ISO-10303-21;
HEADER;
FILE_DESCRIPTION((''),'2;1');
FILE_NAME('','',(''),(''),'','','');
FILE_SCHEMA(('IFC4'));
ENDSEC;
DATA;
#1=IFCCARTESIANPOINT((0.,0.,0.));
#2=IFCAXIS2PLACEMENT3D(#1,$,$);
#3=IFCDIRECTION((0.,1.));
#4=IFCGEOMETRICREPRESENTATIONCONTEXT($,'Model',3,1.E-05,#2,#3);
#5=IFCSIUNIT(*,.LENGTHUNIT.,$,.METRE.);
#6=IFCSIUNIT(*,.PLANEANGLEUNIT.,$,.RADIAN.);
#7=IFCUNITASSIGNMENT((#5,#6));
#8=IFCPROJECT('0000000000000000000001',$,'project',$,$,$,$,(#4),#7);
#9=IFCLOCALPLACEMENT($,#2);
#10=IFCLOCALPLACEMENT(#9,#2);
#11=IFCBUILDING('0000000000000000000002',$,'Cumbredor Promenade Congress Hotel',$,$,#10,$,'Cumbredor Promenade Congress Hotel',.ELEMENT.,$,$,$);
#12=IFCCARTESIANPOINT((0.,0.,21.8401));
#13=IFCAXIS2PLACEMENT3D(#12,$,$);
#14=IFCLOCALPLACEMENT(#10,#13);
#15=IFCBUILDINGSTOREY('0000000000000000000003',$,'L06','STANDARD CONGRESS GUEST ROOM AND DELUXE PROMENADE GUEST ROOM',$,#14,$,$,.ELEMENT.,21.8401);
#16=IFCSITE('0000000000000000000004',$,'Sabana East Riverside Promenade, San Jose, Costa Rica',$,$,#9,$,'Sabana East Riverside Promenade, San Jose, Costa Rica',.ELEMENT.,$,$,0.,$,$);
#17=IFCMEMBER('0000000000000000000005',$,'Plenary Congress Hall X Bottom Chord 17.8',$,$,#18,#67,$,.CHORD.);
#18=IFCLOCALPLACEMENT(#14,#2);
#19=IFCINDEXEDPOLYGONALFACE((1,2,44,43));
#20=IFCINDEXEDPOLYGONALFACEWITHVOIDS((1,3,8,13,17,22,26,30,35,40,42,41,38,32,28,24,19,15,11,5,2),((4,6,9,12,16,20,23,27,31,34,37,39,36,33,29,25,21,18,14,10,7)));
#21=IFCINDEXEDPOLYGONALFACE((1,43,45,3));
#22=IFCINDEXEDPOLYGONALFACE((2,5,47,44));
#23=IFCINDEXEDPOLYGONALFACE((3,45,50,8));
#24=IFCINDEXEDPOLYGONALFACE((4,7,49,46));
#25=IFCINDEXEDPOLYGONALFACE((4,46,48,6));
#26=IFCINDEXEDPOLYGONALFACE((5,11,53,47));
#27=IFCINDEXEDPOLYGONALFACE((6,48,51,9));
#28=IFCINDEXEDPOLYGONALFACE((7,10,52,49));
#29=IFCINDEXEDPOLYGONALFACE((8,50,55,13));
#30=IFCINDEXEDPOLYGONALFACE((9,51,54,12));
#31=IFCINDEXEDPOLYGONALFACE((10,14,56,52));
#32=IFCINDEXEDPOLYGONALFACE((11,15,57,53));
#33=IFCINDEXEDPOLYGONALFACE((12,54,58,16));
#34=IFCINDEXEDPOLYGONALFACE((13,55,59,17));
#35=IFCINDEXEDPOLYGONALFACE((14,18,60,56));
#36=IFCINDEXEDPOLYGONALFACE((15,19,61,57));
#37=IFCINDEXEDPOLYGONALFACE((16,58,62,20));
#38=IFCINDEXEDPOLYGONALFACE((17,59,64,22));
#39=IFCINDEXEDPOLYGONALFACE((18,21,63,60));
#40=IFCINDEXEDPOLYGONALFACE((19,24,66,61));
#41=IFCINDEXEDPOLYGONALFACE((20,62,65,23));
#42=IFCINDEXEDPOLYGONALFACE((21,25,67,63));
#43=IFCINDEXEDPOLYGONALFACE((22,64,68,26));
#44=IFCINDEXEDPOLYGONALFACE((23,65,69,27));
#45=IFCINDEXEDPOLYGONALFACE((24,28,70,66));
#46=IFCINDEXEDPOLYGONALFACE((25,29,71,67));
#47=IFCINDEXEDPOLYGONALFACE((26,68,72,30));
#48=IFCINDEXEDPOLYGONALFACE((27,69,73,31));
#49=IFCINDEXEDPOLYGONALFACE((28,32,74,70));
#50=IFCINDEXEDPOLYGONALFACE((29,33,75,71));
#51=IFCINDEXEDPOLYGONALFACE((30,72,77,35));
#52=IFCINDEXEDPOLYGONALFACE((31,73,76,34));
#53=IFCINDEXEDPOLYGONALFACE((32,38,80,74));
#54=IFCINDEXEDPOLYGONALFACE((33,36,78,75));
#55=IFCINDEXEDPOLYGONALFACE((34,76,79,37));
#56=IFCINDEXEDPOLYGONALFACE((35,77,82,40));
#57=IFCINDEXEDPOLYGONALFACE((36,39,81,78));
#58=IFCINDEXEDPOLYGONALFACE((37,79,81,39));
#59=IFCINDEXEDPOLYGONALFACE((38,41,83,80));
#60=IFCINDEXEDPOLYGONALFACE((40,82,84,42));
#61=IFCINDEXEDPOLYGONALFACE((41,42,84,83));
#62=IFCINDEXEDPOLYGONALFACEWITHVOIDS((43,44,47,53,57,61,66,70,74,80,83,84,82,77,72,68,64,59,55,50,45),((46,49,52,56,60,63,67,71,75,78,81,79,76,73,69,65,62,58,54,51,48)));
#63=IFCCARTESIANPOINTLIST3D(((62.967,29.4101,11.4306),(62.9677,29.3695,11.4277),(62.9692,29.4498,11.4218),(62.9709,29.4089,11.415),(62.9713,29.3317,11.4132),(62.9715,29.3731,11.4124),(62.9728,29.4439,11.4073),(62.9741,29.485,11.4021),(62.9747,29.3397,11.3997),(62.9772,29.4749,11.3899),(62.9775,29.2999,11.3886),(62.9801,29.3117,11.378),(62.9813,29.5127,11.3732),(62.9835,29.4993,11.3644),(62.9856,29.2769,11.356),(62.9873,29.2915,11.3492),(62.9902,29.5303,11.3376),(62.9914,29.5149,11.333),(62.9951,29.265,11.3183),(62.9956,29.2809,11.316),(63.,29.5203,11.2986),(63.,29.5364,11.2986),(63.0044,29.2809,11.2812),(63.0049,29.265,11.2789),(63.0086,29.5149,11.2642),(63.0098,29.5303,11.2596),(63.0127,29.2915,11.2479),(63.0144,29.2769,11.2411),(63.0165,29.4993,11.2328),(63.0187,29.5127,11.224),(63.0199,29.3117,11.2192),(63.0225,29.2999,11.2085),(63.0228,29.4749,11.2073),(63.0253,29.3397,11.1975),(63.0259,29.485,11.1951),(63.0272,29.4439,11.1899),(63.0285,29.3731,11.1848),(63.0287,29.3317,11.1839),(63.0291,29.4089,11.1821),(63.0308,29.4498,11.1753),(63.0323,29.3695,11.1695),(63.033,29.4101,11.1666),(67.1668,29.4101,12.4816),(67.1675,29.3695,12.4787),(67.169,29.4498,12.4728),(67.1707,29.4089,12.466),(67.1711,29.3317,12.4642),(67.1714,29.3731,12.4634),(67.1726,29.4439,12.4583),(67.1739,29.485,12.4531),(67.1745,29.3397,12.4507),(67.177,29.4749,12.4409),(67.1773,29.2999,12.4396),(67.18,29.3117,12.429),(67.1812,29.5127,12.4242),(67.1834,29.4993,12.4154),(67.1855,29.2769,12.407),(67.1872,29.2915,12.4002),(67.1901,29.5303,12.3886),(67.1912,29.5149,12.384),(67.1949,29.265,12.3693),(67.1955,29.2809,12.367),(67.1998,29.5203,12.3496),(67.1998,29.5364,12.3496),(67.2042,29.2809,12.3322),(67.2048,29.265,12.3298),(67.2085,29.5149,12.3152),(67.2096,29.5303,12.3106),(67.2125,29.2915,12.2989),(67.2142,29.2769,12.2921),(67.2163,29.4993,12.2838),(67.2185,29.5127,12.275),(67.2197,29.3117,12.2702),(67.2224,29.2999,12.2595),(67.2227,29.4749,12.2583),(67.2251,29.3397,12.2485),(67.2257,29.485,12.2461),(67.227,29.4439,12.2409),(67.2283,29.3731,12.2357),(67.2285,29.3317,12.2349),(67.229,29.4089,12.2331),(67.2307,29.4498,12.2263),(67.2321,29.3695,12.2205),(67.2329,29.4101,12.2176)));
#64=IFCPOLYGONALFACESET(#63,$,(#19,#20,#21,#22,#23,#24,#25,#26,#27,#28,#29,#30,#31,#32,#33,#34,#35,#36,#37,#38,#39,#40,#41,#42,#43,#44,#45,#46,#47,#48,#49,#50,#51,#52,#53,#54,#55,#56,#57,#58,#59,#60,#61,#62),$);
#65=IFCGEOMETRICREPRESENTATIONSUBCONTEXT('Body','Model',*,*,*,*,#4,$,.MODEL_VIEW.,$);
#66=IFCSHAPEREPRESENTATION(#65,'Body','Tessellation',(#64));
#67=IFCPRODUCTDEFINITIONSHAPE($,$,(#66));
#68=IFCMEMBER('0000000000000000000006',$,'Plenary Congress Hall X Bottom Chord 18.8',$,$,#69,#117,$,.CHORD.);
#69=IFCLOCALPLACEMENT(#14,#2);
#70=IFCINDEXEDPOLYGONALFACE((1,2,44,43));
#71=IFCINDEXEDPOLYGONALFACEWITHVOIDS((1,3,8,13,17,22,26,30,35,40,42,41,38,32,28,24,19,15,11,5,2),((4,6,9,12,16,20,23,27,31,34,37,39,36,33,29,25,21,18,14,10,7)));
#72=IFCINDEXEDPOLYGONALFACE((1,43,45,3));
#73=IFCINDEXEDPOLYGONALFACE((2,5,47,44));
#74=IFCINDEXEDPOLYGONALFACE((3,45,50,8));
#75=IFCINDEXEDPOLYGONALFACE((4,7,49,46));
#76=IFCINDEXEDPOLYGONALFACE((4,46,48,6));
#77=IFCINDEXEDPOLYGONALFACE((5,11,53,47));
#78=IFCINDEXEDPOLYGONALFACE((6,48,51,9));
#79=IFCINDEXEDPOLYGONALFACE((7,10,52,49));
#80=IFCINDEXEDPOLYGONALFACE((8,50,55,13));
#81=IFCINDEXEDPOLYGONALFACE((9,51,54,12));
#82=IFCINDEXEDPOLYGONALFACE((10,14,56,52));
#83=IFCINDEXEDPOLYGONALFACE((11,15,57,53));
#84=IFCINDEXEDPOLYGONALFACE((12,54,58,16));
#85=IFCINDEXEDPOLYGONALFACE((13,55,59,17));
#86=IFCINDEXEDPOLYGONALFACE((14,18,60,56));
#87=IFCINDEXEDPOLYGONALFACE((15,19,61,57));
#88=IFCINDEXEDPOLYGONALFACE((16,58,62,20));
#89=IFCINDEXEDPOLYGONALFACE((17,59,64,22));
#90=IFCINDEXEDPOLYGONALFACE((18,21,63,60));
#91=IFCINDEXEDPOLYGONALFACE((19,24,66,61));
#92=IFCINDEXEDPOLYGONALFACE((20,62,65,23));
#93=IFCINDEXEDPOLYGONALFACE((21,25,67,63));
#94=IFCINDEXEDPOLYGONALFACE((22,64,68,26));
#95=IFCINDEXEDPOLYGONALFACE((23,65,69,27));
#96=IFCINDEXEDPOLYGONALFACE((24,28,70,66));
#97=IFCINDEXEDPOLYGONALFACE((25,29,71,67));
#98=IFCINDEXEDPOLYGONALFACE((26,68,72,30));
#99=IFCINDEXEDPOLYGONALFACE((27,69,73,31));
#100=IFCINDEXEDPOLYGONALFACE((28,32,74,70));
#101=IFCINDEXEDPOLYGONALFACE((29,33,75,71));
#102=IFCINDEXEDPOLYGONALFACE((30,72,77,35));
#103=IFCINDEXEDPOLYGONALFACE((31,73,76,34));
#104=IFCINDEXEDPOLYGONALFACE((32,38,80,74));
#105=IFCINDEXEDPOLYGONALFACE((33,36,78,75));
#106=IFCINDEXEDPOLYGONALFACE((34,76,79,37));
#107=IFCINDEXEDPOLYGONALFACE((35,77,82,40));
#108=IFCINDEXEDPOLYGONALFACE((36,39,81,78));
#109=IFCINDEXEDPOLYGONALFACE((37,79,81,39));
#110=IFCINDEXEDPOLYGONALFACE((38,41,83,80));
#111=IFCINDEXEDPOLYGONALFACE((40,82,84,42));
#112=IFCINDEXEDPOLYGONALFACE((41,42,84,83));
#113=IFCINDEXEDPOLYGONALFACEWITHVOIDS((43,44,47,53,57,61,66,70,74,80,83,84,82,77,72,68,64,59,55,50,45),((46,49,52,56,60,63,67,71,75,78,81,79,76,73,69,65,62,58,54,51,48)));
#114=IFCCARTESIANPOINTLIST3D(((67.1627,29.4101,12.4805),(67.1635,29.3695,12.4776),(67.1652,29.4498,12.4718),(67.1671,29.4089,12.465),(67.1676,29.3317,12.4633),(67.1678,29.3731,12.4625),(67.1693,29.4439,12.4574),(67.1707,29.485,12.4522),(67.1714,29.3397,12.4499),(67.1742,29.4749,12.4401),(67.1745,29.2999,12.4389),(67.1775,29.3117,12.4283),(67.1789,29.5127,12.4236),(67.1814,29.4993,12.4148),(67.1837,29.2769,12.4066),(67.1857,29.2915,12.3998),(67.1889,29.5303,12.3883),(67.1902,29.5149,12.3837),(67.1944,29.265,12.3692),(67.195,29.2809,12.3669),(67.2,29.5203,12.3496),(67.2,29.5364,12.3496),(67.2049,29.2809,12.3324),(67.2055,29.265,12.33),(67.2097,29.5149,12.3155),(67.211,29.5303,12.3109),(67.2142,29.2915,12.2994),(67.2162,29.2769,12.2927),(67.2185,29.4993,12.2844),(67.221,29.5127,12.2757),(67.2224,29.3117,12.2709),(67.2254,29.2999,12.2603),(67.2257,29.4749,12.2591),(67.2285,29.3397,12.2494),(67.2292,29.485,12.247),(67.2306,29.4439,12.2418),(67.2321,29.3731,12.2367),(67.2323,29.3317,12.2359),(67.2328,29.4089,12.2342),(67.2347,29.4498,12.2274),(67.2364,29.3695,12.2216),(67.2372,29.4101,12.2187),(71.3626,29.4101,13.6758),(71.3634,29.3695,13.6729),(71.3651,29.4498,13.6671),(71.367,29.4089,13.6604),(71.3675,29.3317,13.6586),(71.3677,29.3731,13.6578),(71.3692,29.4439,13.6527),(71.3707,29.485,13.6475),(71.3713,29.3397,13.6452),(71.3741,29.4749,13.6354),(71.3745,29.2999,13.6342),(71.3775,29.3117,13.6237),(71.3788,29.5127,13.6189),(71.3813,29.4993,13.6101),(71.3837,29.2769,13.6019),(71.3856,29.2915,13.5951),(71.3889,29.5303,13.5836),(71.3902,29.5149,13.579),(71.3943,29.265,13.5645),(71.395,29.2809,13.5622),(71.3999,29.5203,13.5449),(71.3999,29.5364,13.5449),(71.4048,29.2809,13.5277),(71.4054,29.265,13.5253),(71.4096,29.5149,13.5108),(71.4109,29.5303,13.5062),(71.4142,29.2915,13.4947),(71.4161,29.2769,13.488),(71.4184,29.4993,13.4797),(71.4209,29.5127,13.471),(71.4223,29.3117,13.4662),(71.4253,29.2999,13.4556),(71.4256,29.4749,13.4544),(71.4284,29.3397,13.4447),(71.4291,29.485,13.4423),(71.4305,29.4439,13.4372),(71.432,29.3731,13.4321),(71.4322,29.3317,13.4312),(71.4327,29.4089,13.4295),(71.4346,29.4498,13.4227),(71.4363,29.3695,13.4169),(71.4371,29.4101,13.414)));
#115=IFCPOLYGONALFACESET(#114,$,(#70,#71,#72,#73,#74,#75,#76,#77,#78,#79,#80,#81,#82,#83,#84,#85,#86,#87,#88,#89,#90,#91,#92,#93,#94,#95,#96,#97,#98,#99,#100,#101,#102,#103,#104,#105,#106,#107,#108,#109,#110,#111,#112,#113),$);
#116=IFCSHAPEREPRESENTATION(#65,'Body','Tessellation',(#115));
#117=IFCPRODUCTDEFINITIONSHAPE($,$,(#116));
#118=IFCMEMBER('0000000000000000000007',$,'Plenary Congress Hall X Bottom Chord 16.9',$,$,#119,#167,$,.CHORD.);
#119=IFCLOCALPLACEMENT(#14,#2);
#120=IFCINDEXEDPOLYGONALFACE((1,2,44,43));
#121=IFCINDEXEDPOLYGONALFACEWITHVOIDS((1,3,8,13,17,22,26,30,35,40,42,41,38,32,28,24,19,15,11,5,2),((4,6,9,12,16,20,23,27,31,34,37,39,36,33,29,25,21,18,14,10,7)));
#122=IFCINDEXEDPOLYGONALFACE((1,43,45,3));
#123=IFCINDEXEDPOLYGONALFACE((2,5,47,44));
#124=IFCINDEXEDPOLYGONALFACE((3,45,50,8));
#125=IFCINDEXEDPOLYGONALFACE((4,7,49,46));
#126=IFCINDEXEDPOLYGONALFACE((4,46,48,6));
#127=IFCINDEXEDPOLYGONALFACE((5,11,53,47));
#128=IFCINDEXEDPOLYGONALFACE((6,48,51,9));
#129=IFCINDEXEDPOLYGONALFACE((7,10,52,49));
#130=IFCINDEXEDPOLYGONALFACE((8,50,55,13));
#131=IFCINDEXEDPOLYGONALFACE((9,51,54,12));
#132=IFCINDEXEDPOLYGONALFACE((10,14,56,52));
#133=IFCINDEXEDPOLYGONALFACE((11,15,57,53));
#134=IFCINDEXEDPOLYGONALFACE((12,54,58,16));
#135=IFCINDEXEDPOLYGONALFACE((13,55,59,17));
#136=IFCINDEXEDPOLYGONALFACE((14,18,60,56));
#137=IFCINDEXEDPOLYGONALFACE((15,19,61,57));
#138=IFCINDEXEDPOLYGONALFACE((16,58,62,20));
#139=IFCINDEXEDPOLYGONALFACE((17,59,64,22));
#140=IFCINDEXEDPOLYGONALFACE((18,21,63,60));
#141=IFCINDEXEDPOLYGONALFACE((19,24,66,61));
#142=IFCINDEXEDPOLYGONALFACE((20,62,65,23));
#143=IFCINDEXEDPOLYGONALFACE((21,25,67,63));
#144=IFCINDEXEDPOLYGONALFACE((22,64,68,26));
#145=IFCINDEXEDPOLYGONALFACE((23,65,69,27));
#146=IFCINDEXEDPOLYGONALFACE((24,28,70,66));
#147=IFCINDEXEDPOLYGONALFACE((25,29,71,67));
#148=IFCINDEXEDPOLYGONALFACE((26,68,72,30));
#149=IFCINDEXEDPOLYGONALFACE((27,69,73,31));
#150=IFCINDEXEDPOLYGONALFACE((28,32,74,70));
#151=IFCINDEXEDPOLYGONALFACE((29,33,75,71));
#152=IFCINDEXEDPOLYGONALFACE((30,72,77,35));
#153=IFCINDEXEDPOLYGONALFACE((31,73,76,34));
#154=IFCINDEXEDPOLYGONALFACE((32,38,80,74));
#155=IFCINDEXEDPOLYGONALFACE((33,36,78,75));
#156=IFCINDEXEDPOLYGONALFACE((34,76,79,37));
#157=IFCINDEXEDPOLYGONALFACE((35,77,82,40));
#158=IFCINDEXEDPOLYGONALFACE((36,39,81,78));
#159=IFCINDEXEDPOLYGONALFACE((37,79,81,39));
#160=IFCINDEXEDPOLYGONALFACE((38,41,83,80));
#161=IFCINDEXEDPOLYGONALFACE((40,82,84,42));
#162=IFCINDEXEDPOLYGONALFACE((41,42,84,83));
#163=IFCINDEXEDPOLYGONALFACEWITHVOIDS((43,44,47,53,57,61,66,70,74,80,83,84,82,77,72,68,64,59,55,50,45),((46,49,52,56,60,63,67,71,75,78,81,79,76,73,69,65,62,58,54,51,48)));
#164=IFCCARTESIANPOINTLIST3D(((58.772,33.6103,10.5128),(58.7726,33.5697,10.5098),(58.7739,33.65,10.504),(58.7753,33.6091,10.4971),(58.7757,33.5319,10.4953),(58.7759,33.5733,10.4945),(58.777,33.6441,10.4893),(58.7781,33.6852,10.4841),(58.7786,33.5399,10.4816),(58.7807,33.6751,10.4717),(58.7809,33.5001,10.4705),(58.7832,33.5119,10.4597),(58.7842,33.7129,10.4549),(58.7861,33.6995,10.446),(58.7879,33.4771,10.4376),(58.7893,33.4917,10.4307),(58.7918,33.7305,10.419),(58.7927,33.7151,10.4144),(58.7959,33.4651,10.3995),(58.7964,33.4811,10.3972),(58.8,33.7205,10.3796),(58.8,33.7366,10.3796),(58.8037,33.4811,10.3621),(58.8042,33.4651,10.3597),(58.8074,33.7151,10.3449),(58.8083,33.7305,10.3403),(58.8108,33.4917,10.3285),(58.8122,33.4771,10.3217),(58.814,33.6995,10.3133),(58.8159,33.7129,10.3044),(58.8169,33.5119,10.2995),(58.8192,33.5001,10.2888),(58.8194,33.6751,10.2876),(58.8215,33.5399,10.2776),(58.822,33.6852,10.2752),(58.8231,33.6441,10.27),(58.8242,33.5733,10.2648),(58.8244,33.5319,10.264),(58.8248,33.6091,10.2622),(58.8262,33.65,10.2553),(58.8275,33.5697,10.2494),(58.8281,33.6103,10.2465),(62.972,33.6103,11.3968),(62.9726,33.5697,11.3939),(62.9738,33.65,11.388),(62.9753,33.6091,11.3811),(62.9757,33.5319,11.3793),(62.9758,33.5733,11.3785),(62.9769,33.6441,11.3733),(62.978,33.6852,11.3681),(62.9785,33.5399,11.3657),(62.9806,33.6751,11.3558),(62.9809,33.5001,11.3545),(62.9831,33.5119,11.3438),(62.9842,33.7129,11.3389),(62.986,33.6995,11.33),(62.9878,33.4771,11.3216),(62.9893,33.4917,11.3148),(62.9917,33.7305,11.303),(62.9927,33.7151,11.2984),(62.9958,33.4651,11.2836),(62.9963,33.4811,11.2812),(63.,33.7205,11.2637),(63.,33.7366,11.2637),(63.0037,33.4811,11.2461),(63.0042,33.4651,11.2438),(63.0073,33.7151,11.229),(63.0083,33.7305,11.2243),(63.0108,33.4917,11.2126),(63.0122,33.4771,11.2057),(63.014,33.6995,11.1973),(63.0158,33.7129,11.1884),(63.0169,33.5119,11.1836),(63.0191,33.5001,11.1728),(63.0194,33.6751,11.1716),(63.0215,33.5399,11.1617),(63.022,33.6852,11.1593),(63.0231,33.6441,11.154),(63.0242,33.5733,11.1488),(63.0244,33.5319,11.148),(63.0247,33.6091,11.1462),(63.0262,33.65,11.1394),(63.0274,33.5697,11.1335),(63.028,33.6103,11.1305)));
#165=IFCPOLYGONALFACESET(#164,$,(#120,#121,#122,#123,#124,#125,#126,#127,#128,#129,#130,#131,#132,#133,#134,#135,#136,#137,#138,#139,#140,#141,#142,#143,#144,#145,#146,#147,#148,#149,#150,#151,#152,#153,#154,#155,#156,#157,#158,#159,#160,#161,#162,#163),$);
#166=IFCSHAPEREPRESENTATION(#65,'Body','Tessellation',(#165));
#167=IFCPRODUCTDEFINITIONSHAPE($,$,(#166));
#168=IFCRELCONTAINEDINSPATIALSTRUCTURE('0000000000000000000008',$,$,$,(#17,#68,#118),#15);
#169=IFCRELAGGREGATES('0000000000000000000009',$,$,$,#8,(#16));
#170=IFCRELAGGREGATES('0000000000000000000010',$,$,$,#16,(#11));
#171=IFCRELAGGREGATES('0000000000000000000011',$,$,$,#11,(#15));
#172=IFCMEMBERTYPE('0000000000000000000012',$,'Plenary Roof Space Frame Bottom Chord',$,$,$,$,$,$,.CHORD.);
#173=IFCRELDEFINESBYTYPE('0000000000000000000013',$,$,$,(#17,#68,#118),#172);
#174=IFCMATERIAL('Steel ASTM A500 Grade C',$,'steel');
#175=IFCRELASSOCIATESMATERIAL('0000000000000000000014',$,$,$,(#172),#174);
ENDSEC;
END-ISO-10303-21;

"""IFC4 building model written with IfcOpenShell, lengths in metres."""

from ifc_helpers import new_model, si_unit, direction, frame, origin, origin_2d, place, context, subcontext, project, spatial, hollow_circle, extrude, material, material_profile, profile_set, type_object, element, save


model = new_model("IFC4")

# Units and contexts
model_context = context("Model", 3, precision=1e-05, world=origin(), true_north=direction((0.0, 1.0)))
body_context = subcontext(model_context, "Body", "Model", "MODEL_VIEW")
ifc_project = project(units=[si_unit("LENGTHUNIT", "METRE"), si_unit("PLANEANGLEUNIT", "RADIAN")], contexts=[model_context])

# Site, building, storey
site_placement = place(None, origin())
site = spatial("IfcSite", under=ifc_project, at=site_placement, Name="Sabana East Riverside Promenade, San Jose, Costa Rica", LongName="Sabana East Riverside Promenade, San Jose, Costa Rica", CompositionType="ELEMENT", RefElevation=0.0)
building_placement = place(site_placement, origin())
building = spatial("IfcBuilding", under=site, at=building_placement, Name="Cumbredor Promenade Congress Hotel", LongName="Cumbredor Promenade Congress Hotel", CompositionType="ELEMENT")
storey_placement = place(building_placement, frame((0.0, 0.0, 21.8401)))
storey = spatial("IfcBuildingStorey", under=building, at=storey_placement, Name="L06", Description="STANDARD CONGRESS GUEST ROOM AND DELUXE PROMENADE GUEST ROOM", CompositionType="ELEMENT", Elevation=21.8401)

# Members
ifc_material_1 = material(Name="Steel ASTM A500 Grade C", Category="steel")
ifc_material_profile_1 = material_profile(ifc_material_1, hollow_circle(Radius=0.1365, WallThickness=0.0161, at=origin_2d()), Name="CHS 273.0x16")
ifc_profile_set_1 = profile_set([ifc_material_profile_1], Name="Steel ASTM A500 Grade C")
member_type_1 = type_object("IfcMemberType", Name="Plenary Roof Space Frame Bottom Chord", PredefinedType="CHORD", material=ifc_profile_set_1)
member_1_placement = place(storey_placement, frame((63.0, 29.3999, 11.2986), z_axis=(0.970086, 0.0, 0.242761), x_axis=(0.0, 1.0, 0.0)))
element("IfcMember", 1, at=member_1_placement, inside=storey, type_object=member_type_1, Name="Plenary Congress Hall X Bottom Chord 17.8", PredefinedType="CHORD", context=body_context, shape_type="SweptSolid", body=[
    extrude(hollow_circle(Radius=0.1365, WallThickness=0.0161, at=origin_2d()), origin(), (0.0, 0.0, 1.0), 4.3293),
])
member_2_placement = place(storey_placement, frame((67.2, 29.3999, 12.3496), z_axis=(0.961806, 0.0, 0.273731), x_axis=(0.0, 1.0, 0.0)))
element("IfcMember", 2, at=member_2_placement, inside=storey, type_object=member_type_1, Name="Plenary Congress Hall X Bottom Chord 18.8", PredefinedType="CHORD", context=body_context, shape_type="SweptSolid", body=[
    extrude(hollow_circle(Radius=0.1365, WallThickness=0.0161, at=origin_2d()), origin(), (0.0, 0.0, 1.0), 4.3667),
])
member_3_placement = place(storey_placement, frame((58.8, 33.6001, 10.3796), z_axis=(0.978558, 0.0, 0.205973), x_axis=(0.0, 1.0, 0.0)))
element("IfcMember", 3, at=member_3_placement, inside=storey, type_object=member_type_1, Name="Plenary Congress Hall X Bottom Chord 16.9", PredefinedType="CHORD", context=body_context, shape_type="SweptSolid", body=[
    extrude(hollow_circle(Radius=0.1365, WallThickness=0.0161, at=origin_2d()), origin(), (0.0, 0.0, 1.0), 4.292),
])

save(model, "model.ifc")
